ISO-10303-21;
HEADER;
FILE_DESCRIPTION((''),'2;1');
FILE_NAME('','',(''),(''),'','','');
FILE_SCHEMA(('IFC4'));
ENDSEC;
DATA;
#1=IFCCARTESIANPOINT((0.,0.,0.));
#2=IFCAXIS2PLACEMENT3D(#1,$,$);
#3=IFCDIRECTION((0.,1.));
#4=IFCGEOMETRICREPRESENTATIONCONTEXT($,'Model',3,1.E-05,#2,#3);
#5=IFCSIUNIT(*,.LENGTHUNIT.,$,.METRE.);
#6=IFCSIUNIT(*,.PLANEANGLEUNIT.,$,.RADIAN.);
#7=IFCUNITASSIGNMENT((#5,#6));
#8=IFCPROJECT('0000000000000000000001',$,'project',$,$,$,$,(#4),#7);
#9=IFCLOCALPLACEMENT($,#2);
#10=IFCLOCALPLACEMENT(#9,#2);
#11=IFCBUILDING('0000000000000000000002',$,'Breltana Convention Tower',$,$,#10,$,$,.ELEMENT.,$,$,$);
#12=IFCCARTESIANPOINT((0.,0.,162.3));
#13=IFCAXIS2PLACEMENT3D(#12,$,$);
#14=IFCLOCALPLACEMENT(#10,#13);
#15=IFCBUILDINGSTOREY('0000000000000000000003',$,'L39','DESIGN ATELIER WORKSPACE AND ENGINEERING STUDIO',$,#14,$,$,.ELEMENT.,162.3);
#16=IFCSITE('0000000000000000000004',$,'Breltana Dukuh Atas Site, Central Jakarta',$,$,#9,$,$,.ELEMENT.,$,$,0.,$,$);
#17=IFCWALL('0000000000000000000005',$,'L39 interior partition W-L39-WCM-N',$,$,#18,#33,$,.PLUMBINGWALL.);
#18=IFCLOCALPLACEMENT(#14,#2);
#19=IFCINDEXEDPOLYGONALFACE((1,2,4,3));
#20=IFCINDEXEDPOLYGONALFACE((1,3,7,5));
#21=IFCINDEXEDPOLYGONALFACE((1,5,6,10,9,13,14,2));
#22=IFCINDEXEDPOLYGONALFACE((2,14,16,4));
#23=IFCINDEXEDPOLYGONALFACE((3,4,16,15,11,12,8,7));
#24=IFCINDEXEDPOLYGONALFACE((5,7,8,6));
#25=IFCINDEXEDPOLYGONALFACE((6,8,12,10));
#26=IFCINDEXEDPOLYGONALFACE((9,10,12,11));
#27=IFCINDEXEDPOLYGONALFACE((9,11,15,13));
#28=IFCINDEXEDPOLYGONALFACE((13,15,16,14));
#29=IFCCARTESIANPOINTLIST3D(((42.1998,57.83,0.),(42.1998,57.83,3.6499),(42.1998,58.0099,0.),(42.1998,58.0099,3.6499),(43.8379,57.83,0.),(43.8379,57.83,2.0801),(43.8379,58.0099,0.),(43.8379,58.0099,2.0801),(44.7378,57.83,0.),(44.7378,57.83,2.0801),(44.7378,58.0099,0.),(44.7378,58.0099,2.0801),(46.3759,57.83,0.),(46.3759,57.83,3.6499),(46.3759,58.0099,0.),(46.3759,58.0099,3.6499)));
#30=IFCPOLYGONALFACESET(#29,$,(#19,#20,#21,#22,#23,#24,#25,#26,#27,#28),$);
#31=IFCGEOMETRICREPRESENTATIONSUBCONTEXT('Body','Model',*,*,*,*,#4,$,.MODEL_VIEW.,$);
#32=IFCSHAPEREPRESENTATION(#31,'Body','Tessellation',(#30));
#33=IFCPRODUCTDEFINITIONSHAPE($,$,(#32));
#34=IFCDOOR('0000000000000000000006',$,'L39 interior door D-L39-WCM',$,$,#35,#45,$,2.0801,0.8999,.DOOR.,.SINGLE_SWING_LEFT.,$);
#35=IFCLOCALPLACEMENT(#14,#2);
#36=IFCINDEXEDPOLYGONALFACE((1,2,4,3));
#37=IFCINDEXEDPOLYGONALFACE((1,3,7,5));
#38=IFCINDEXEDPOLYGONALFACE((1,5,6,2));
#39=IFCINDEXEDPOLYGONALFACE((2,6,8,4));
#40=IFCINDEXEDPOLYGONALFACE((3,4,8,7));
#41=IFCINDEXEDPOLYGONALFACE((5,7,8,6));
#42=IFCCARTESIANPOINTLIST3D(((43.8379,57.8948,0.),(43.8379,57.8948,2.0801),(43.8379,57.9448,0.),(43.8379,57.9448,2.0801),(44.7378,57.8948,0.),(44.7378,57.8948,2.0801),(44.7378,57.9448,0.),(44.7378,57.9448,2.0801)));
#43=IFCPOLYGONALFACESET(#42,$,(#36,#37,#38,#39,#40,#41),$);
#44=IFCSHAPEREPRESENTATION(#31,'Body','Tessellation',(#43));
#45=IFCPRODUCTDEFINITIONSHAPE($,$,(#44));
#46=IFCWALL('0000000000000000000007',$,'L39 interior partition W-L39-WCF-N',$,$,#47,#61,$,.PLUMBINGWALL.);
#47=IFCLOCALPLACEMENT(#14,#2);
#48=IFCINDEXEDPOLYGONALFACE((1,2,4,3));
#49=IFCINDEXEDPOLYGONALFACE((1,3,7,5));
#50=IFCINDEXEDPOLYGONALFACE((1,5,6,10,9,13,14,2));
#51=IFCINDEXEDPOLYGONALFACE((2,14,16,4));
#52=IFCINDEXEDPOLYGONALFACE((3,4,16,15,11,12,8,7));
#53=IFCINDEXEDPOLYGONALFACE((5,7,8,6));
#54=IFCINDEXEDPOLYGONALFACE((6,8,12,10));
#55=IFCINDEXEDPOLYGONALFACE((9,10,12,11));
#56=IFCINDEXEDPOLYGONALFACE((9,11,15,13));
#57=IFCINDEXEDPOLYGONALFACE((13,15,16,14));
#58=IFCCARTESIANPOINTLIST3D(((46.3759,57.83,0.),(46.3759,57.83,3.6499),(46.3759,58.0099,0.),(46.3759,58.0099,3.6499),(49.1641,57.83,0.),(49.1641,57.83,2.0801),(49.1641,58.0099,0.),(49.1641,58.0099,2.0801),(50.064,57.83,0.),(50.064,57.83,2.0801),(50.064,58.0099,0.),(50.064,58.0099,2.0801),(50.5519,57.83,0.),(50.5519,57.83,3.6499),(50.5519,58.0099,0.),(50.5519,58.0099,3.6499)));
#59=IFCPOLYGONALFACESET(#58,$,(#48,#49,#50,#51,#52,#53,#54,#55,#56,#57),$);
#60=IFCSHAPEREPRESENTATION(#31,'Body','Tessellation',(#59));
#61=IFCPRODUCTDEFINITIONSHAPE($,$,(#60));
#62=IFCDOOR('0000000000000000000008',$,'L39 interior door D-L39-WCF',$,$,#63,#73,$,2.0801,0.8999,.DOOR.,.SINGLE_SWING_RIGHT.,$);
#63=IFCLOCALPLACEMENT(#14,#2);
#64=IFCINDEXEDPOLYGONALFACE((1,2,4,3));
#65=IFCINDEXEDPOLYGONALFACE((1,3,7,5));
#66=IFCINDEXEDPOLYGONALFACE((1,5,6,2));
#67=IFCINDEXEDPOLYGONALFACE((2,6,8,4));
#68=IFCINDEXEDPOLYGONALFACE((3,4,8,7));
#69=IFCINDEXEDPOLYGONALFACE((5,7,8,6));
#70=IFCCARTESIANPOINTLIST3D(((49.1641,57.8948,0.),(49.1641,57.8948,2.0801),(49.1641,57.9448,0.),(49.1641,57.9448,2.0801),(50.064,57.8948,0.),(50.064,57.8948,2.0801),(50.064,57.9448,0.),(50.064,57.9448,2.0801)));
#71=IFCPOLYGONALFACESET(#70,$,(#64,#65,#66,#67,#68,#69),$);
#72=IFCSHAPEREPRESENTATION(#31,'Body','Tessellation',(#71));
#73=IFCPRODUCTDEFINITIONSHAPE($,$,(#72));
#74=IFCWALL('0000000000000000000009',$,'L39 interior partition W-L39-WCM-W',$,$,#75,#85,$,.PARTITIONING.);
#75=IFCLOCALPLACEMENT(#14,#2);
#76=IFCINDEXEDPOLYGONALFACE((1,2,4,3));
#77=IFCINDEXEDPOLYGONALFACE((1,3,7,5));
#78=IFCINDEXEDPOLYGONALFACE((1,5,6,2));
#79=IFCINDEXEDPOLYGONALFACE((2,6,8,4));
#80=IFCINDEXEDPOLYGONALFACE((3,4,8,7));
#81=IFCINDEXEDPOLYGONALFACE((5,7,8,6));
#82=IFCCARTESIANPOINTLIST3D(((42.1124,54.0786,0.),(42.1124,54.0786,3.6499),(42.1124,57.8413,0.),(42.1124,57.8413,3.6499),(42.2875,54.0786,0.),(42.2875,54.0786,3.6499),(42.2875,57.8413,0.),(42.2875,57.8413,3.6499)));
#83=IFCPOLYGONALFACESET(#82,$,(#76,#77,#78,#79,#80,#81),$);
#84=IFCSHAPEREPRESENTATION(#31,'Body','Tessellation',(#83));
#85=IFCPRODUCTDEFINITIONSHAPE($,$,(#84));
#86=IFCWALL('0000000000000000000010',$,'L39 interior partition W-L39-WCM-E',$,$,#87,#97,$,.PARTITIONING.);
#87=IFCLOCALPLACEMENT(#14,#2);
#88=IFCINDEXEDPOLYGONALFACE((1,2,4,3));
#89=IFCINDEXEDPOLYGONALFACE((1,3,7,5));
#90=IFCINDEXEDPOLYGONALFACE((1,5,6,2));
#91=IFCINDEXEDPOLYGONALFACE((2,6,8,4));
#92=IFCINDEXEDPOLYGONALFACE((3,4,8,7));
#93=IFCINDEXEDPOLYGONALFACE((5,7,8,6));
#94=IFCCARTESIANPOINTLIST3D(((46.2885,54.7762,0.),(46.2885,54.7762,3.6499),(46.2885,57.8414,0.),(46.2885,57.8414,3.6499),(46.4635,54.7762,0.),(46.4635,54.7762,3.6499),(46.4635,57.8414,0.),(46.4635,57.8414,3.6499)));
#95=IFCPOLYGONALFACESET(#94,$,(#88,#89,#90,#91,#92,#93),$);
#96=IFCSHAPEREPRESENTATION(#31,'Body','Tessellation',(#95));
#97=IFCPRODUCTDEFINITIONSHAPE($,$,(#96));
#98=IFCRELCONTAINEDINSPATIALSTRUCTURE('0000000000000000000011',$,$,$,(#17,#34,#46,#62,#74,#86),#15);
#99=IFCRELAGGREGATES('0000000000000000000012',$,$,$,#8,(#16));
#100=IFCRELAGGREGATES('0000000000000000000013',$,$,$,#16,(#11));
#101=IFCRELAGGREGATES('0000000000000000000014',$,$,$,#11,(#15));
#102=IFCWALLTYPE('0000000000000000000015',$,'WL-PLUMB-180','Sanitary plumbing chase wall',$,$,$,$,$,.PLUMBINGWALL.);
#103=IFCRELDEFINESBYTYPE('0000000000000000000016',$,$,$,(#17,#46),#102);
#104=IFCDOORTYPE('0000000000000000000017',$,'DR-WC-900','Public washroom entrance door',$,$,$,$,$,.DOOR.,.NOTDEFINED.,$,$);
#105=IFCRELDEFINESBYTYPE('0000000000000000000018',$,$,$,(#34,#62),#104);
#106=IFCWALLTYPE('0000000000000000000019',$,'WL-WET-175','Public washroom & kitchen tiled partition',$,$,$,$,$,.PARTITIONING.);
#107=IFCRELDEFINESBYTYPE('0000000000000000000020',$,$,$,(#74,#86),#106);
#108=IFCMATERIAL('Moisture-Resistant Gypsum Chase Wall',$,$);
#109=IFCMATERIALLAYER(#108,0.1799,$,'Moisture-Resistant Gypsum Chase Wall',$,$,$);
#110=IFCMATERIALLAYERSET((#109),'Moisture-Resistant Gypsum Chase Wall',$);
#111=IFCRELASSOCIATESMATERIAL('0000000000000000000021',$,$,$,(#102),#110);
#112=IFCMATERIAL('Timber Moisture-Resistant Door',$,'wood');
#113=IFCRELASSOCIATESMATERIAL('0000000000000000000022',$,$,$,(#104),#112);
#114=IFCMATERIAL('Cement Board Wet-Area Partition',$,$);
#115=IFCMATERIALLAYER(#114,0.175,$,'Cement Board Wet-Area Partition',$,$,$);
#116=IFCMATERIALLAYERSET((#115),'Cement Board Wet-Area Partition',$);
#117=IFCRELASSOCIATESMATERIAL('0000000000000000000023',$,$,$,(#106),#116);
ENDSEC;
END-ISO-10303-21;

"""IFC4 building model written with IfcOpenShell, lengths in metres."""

from ifc_helpers import new_model, si_unit, direction, frame, frame_2d, origin, place, context, subcontext, project, spatial, rectangle, extrude, source, transform, mapped, material, layer, layer_set, type_object, type_shapes, element, fill, save


model = new_model("IFC4")

# Units and contexts
model_context = context("Model", 3, precision=1e-05, world=origin(), true_north=direction((0.0, 1.0)))
body_context = subcontext(model_context, "Body", "Model", "MODEL_VIEW")
ifc_project = project(units=[si_unit("LENGTHUNIT", "METRE"), si_unit("PLANEANGLEUNIT", "RADIAN")], contexts=[model_context])

# Site, building, storey
site_placement = place(None, origin())
site = spatial("IfcSite", under=ifc_project, at=site_placement, Name="Breltana Dukuh Atas Site, Central Jakarta", CompositionType="ELEMENT", RefElevation=0.0)
building_placement = place(site_placement, origin())
building = spatial("IfcBuilding", under=site, at=building_placement, Name="Breltana Convention Tower", CompositionType="ELEMENT")
storey_placement = place(building_placement, frame((0.0, 0.0, 162.3)))
storey = spatial("IfcBuildingStorey", under=building, at=storey_placement, Name="L39", Description="DESIGN ATELIER WORKSPACE AND ENGINEERING STUDIO", CompositionType="ELEMENT", Elevation=162.3)

# Walls, openings, doors
ifc_material_1 = material(Name="Moisture-Resistant Gypsum Chase Wall")
ifc_layer_1 = layer(ifc_material_1, 0.1799, Name="Moisture-Resistant Gypsum Chase Wall")
ifc_layer_set_1 = layer_set([ifc_layer_1], Name="Moisture-Resistant Gypsum Chase Wall")
wall_type_1 = type_object("IfcWallType", Name="WL-PLUMB-180", Description="Sanitary plumbing chase wall", PredefinedType="PLUMBINGWALL", material=ifc_layer_set_1)
shared_shape_1 = source(origin(), body_context, "Body", "SweptSolid", [
    extrude(rectangle(XDim=4.176, YDim=0.1799, at=frame_2d((2.0879, 0.0))), origin(), (0.0, 0.0, 1.0), 3.6499),
])
wall_1_placement = place(storey_placement, frame((42.2, 57.9199, 0.0), z_axis=(0.0, 0.0, 1.0), x_axis=(1.0, 0.0, 0.0)))
wall_1 = element("IfcWall", 1, at=wall_1_placement, inside=storey, type_object=wall_type_1, Name="L39 interior partition W-L39-WCM-N", PredefinedType="PLUMBINGWALL", context=body_context, shape_type="MappedRepresentation", body=[
    mapped(shared_shape_1, transform((0.0, 0.0, 0.0), scale=1.0)),
])
opening_1_placement = place(wall_1_placement, frame((1.6379, 0.0, 0.0)))
opening_1 = element("IfcOpeningElement", 2, at=opening_1_placement, cuts=wall_1, PredefinedType="OPENING", context=body_context, shape_type="SweptSolid", body=[
    extrude(rectangle(XDim=0.8999, YDim=2.0801, at=frame_2d((0.45, 1.04))), frame((0.0, 0.1001, 0.0), z_axis=(0.0, -1.0, 0.0), x_axis=(1.0, 0.0, 0.0)), (0.0, 0.0, 1.0), 0.2),
])
ifc_material_2 = material(Name="Timber Moisture-Resistant Door", Category="wood")
door_type = type_object("IfcDoorType", Name="DR-WC-900", Description="Public washroom entrance door", OperationType="NOTDEFINED", PredefinedType="DOOR", material=ifc_material_2)
shared_shape_2 = source(origin(), body_context, "Body", "SweptSolid", [
    extrude(rectangle(XDim=0.8999, YDim=2.0801, at=frame_2d((0.45, 1.04))), frame((0.0, 0.0249, 0.0), z_axis=(0.0, -1.0, 0.0), x_axis=(1.0, 0.0, 0.0)), (0.0, 0.0, 1.0), 0.05),
])
type_shapes(door_type, [shared_shape_2])
door_1_placement = place(opening_1_placement, origin())
door_1 = element("IfcDoor", 3, at=door_1_placement, inside=storey, type_object=door_type, Name="L39 interior door D-L39-WCM", OperationType="SINGLE_SWING_LEFT", OverallHeight=2.0801, OverallWidth=0.8999, PredefinedType="DOOR", context=body_context, shape_type="MappedRepresentation", body=[
    mapped(shared_shape_2, transform((0.0, 0.0, 0.0), scale=1.0)),
])
fill(opening_1, door_1)
wall_2_placement = place(storey_placement, frame((46.376, 57.9199, 0.0), z_axis=(0.0, 0.0, 1.0), x_axis=(1.0, 0.0, 0.0)))
wall_2 = element("IfcWall", 4, at=wall_2_placement, inside=storey, type_object=wall_type_1, Name="L39 interior partition W-L39-WCF-N", PredefinedType="PLUMBINGWALL", context=body_context, shape_type="MappedRepresentation", body=[
    mapped(shared_shape_1, transform((0.0, 0.0, 0.0), scale=1.0)),
])
opening_2_placement = place(wall_2_placement, frame((2.7881, 0.0, 0.0)))
opening_2 = element("IfcOpeningElement", 5, at=opening_2_placement, cuts=wall_2, PredefinedType="OPENING", context=body_context, shape_type="SweptSolid", body=[
    extrude(rectangle(XDim=0.8999, YDim=2.0801, at=frame_2d((0.45, 1.04))), frame((0.0, 0.1001, 0.0), z_axis=(0.0, -1.0, 0.0), x_axis=(1.0, 0.0, 0.0)), (0.0, 0.0, 1.0), 0.2),
])
door_2_placement = place(opening_2_placement, origin())
door_2 = element("IfcDoor", 6, at=door_2_placement, inside=storey, type_object=door_type, Name="L39 interior door D-L39-WCF", OperationType="SINGLE_SWING_RIGHT", OverallHeight=2.0801, OverallWidth=0.8999, PredefinedType="DOOR", context=body_context, shape_type="MappedRepresentation", body=[
    mapped(shared_shape_2, transform((0.0, 0.0, 0.0), scale=1.0)),
])
fill(opening_2, door_2)

# Walls
ifc_material_3 = material(Name="Cement Board Wet-Area Partition")
ifc_layer_2 = layer(ifc_material_3, 0.175, Name="Cement Board Wet-Area Partition")
ifc_layer_set_2 = layer_set([ifc_layer_2], Name="Cement Board Wet-Area Partition")
wall_type_2 = type_object("IfcWallType", Name="WL-WET-175", Description="Public washroom & kitchen tiled partition", PredefinedType="PARTITIONING", material=ifc_layer_set_2)
shared_shape_3 = source(origin(), body_context, "Body", "SweptSolid", [
    extrude(rectangle(XDim=3.7627, YDim=0.175, at=frame_2d((1.8813, 0.0))), origin(), (0.0, 0.0, 1.0), 3.6499),
])
wall_3_placement = place(storey_placement, frame((42.2, 54.0786, 0.0), z_axis=(0.0, 0.0, 1.0), x_axis=(0.0, 1.0, 0.0)))
element("IfcWall", 7, at=wall_3_placement, inside=storey, type_object=wall_type_2, Name="L39 interior partition W-L39-WCM-W", PredefinedType="PARTITIONING", context=body_context, shape_type="MappedRepresentation", body=[
    mapped(shared_shape_3, transform((0.0, 0.0, 0.0), scale=1.0)),
])
shared_shape_4 = source(origin(), body_context, "Body", "SweptSolid", [
    extrude(rectangle(XDim=3.0652, YDim=0.175, at=frame_2d((1.5327, 0.0))), origin(), (0.0, 0.0, 1.0), 3.6499),
])
wall_4_placement = place(storey_placement, frame((46.376, 54.7761, 0.0), z_axis=(0.0, 0.0, 1.0), x_axis=(0.0, 1.0, 0.0)))
element("IfcWall", 8, at=wall_4_placement, inside=storey, type_object=wall_type_2, Name="L39 interior partition W-L39-WCM-E", PredefinedType="PARTITIONING", context=body_context, shape_type="MappedRepresentation", body=[
    mapped(shared_shape_4, transform((0.0, 0.0, 0.0), scale=1.0)),
])

save(model, "model.ifc")
